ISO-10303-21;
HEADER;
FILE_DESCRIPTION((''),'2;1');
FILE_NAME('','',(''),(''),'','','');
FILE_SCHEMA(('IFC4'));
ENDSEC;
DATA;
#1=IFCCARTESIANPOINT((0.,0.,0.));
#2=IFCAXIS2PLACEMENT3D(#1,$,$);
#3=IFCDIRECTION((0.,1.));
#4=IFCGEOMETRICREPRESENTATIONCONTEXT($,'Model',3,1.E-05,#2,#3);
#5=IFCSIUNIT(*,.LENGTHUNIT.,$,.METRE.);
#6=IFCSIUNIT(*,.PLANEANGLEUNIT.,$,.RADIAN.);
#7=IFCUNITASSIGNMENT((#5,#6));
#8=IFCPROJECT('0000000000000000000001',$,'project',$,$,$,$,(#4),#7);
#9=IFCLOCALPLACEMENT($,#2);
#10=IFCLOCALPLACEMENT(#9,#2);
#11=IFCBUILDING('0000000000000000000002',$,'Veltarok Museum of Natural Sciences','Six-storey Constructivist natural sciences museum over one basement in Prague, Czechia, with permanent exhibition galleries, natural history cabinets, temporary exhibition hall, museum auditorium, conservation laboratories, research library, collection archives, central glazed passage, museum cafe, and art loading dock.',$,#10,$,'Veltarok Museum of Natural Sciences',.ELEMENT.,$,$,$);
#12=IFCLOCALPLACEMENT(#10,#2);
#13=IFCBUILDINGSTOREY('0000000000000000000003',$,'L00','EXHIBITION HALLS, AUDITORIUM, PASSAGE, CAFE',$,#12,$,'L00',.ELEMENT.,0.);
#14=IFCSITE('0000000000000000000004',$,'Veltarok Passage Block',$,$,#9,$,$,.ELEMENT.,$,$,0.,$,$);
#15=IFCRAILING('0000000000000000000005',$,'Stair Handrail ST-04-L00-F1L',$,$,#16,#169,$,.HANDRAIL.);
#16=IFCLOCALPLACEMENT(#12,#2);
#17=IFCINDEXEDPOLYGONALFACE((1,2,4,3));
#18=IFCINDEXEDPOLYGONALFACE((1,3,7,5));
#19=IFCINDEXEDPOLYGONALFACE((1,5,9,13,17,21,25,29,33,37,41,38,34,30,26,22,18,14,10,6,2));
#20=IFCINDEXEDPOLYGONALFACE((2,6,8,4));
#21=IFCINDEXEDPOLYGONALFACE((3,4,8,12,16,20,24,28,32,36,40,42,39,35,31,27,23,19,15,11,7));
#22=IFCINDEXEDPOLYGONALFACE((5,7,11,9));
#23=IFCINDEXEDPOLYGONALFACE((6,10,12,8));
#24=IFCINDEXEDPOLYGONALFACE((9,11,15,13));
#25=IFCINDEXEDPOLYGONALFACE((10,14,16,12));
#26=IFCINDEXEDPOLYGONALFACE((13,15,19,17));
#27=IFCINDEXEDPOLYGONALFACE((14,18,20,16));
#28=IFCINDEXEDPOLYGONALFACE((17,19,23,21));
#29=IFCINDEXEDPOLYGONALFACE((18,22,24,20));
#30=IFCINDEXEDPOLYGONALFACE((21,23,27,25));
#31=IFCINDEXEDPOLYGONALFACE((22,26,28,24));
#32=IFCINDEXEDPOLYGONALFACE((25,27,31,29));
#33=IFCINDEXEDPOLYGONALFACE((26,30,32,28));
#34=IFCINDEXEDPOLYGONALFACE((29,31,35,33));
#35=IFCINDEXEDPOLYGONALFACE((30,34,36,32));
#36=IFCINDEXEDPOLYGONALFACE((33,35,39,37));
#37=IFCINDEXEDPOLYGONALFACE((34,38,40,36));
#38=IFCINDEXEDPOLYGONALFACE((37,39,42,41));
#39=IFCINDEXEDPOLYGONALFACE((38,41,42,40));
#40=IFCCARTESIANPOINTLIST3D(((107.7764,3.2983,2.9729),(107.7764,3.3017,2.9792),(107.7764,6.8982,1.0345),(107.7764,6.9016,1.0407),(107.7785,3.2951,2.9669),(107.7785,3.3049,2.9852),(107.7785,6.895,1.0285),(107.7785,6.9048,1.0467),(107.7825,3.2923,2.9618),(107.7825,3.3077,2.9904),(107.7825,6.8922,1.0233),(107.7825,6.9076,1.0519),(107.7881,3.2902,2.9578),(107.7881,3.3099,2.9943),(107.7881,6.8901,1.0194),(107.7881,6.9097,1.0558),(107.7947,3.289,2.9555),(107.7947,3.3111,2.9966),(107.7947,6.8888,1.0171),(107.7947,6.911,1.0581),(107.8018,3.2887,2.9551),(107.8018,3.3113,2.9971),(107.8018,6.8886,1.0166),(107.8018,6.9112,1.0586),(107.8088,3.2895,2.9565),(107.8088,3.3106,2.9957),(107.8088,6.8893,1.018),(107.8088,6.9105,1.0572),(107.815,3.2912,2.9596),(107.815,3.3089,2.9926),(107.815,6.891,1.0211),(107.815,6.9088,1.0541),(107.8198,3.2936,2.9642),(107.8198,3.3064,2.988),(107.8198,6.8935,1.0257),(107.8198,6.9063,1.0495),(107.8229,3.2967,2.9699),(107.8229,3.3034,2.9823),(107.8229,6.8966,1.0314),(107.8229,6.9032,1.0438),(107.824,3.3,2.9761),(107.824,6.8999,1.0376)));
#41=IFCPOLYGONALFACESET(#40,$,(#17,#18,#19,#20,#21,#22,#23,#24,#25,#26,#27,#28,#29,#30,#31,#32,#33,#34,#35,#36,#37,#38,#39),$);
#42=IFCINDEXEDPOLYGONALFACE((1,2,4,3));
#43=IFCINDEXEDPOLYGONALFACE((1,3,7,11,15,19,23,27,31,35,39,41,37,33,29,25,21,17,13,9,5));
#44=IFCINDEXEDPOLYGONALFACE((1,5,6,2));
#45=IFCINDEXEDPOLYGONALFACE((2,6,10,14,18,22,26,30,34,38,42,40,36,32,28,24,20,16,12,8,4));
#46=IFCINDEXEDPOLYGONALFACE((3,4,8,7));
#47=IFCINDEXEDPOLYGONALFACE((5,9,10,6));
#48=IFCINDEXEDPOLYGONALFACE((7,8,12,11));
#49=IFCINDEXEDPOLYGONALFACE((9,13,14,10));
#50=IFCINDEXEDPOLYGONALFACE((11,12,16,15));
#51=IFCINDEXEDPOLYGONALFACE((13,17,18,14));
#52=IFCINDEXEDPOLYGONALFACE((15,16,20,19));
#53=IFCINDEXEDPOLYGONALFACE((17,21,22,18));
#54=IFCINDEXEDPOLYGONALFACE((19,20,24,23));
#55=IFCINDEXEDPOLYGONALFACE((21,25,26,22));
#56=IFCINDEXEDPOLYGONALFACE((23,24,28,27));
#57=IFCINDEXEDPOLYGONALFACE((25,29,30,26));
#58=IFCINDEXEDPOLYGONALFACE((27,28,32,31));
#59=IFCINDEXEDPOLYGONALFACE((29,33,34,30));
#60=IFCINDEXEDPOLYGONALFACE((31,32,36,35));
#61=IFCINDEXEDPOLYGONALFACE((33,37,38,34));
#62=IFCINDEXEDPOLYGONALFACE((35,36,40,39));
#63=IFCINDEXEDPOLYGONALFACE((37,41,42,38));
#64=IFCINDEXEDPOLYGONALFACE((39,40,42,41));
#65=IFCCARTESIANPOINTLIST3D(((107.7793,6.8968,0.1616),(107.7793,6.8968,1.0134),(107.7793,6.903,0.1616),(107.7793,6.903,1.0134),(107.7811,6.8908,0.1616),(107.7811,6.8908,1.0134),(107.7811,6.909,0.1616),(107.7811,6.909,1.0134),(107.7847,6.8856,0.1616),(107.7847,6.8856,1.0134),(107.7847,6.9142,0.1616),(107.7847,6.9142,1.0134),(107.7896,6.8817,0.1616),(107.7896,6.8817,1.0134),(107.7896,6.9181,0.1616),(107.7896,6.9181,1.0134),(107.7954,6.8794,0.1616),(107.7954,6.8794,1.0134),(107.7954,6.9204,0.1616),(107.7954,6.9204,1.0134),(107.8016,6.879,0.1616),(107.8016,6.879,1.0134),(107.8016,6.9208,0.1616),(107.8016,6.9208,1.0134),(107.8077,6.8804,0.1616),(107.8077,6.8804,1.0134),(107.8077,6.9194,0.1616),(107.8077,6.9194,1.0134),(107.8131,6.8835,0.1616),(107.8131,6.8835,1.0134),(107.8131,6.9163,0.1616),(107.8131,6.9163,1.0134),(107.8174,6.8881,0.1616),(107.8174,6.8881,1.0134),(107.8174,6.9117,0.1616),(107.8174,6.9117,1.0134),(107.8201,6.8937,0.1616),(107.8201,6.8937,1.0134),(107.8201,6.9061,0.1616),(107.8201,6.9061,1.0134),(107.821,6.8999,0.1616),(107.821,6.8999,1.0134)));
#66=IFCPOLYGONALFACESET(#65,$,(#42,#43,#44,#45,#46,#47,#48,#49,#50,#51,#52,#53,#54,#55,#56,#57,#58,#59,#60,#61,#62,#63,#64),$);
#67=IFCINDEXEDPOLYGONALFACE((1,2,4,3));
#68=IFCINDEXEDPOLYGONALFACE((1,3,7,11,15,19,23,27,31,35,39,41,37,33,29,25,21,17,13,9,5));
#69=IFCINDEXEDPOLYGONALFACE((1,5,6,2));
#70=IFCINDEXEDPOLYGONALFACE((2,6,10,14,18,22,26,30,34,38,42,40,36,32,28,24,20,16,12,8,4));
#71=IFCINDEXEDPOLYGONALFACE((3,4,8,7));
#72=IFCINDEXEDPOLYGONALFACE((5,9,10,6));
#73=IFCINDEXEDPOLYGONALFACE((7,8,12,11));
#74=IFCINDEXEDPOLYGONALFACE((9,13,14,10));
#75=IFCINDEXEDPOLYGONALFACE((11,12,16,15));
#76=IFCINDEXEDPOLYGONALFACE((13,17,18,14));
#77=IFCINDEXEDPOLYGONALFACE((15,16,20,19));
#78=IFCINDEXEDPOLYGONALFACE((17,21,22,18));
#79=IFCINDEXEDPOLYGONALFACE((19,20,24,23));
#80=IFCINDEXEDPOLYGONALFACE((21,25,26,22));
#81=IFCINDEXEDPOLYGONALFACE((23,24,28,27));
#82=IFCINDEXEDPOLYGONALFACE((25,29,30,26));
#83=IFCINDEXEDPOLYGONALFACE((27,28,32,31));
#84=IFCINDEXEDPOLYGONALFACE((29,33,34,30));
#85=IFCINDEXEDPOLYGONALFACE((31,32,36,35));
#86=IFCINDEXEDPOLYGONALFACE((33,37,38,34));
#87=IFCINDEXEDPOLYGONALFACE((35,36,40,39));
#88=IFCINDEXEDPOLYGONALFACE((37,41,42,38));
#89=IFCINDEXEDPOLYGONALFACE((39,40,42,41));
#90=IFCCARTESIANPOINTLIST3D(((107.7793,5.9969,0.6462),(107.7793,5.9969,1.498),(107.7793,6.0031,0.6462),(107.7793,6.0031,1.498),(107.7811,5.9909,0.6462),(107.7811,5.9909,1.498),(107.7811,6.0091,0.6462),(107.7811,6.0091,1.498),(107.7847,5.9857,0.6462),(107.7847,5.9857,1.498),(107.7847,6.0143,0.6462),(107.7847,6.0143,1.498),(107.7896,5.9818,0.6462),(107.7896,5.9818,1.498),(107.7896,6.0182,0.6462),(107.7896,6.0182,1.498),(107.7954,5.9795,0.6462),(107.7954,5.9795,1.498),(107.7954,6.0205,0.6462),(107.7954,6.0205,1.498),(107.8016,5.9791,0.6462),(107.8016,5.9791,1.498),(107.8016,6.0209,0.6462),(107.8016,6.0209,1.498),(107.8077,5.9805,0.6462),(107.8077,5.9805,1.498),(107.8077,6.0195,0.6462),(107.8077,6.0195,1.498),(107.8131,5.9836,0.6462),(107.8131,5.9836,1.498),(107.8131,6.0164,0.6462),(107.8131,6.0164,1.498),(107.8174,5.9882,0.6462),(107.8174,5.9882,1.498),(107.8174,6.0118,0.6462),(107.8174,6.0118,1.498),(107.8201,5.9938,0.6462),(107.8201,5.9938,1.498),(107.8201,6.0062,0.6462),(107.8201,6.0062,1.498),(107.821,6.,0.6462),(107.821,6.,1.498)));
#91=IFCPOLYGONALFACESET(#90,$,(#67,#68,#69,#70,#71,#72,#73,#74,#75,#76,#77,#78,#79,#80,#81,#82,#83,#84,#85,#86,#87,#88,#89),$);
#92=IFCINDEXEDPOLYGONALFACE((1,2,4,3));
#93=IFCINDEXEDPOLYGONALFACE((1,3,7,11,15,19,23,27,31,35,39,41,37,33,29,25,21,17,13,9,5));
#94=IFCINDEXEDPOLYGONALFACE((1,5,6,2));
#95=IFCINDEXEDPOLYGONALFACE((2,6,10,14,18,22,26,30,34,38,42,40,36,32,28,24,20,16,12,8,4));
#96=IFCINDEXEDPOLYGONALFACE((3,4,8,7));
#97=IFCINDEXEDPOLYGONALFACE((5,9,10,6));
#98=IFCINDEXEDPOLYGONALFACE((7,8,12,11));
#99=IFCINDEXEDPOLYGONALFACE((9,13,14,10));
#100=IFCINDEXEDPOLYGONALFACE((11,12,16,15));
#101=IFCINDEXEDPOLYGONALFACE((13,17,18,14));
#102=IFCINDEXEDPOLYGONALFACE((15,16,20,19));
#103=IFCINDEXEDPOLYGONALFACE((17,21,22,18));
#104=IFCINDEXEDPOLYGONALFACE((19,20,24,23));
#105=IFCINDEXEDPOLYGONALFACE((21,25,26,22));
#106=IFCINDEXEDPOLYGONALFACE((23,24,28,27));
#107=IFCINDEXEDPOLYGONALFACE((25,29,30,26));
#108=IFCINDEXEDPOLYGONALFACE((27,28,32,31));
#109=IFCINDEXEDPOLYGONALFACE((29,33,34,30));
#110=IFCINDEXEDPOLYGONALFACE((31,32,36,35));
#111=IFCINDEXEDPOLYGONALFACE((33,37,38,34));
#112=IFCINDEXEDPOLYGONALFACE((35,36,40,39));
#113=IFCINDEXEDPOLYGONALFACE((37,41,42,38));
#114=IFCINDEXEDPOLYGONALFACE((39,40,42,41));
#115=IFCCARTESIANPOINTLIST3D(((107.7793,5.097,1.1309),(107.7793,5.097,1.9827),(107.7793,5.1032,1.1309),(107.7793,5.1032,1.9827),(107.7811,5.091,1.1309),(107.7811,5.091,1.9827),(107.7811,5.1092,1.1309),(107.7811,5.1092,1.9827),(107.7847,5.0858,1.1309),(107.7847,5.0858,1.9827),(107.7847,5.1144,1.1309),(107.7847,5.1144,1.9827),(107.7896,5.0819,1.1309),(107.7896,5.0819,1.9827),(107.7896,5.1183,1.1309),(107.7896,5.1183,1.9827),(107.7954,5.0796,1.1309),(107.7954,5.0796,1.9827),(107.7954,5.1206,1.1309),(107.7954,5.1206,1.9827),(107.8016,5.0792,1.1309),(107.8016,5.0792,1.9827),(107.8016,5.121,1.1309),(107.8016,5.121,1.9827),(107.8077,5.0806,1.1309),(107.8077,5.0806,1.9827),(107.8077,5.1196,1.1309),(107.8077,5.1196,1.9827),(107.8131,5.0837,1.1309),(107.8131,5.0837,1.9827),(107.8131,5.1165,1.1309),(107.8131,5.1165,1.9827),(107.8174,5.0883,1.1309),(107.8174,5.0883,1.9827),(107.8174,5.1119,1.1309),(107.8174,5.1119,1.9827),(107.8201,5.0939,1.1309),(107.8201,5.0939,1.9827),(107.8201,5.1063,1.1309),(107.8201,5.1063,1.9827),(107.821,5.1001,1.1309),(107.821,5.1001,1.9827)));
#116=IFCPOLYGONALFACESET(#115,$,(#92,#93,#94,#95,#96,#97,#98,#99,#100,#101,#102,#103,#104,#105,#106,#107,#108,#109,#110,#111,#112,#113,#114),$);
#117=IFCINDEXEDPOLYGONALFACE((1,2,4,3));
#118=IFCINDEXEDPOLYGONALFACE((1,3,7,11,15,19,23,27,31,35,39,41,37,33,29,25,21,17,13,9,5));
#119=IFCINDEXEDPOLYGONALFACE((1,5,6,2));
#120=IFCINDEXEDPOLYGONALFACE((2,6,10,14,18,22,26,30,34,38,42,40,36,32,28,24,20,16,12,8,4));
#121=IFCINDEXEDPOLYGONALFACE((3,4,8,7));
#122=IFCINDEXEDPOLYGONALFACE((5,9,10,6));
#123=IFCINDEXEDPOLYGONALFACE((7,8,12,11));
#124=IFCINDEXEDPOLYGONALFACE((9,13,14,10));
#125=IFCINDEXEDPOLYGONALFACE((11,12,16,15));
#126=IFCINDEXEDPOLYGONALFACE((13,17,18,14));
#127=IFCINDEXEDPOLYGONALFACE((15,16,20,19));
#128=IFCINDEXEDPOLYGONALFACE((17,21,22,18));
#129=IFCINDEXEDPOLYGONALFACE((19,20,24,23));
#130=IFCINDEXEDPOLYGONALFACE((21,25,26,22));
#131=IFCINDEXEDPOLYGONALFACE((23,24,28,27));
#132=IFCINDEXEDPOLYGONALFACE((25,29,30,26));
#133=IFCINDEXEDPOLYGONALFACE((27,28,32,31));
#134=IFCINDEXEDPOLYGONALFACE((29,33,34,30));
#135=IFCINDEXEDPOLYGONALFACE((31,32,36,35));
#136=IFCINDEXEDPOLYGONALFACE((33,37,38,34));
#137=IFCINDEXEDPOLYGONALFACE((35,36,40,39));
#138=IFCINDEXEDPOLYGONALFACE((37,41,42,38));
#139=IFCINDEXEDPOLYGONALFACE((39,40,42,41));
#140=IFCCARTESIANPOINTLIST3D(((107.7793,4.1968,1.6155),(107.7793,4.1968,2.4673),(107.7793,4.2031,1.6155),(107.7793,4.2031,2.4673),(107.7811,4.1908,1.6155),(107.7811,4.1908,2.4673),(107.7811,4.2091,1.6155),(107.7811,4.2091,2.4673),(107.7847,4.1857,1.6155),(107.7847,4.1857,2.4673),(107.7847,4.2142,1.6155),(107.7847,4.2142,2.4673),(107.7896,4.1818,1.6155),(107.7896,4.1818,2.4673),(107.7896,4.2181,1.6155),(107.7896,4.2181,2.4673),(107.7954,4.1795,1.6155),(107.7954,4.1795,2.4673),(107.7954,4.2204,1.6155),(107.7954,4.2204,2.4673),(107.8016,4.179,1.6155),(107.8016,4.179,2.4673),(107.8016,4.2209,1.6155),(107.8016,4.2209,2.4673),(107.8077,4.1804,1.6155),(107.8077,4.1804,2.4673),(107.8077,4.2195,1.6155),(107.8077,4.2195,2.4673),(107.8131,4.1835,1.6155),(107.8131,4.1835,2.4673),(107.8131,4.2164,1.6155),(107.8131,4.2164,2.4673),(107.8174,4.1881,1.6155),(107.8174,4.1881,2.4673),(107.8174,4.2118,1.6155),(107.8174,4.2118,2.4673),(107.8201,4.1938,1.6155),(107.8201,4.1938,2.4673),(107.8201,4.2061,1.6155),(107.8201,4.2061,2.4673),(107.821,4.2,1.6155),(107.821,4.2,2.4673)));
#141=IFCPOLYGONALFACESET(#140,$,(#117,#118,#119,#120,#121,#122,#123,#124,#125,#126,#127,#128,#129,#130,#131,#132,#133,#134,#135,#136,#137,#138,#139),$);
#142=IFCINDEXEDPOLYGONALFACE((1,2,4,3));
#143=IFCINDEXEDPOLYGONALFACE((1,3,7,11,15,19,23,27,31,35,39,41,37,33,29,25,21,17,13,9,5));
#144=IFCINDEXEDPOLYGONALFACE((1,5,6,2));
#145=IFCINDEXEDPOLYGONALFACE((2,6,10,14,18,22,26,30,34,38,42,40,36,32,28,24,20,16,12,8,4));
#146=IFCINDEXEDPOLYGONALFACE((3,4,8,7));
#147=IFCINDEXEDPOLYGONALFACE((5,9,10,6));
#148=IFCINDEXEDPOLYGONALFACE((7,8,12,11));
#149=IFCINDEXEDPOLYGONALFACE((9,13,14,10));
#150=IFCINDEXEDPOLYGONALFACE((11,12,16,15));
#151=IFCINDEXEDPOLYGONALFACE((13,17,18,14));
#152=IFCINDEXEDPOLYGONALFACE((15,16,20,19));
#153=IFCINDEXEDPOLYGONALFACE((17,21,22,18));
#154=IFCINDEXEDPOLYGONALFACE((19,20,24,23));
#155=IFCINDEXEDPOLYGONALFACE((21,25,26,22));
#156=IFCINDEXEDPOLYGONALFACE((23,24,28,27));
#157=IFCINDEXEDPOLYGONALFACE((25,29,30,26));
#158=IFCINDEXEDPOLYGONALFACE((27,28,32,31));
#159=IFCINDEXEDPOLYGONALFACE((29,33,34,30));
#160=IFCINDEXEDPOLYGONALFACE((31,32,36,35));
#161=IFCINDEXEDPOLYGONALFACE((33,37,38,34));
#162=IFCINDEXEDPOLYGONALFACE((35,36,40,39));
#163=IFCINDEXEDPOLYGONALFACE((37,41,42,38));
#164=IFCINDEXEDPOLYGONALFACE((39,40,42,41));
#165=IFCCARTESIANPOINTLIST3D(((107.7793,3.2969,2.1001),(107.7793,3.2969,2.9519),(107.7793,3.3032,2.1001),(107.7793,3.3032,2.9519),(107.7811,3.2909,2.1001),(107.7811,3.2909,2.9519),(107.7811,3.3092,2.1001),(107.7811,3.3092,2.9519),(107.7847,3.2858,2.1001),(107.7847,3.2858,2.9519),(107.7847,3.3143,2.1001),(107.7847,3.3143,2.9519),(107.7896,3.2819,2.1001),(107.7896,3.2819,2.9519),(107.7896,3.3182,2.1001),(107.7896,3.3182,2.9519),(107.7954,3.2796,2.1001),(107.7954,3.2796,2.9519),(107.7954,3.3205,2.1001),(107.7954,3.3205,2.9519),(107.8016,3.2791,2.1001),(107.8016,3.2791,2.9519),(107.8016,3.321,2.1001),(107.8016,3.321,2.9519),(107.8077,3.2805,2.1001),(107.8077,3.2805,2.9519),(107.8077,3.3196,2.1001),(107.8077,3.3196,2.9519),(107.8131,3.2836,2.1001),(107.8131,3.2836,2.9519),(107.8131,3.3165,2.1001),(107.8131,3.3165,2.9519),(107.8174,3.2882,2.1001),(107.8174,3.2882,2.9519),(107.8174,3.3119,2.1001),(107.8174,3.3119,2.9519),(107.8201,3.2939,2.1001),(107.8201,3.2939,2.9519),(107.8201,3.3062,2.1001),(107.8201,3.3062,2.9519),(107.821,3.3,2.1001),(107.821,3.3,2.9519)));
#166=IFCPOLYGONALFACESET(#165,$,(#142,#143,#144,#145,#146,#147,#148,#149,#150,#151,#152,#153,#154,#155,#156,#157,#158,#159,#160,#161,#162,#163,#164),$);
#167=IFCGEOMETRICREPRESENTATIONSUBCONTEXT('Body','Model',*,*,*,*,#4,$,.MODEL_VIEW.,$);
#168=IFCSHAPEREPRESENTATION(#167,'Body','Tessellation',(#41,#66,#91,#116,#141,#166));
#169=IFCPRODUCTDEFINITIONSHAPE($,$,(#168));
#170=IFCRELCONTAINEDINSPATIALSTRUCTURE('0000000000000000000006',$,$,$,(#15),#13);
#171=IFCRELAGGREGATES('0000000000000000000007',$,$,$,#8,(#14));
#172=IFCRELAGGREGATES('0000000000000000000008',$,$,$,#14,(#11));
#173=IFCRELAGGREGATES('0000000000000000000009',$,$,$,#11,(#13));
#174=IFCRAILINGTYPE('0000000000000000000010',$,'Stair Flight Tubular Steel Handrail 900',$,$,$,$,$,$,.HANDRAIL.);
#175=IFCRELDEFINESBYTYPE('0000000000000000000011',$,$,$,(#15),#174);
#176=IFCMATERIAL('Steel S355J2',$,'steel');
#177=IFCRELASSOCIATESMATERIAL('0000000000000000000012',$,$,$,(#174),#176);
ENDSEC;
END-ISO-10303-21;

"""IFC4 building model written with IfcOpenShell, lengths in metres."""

from ifc_helpers import new_model, si_unit, direction, frame, origin, origin_2d, place, context, subcontext, project, spatial, circle, extrude, material, type_object, element, save


model = new_model("IFC4")

# Units and contexts
model_context = context("Model", 3, precision=1e-05, world=origin(), true_north=direction((0.0, 1.0)))
body_context = subcontext(model_context, "Body", "Model", "MODEL_VIEW")
ifc_project = project(units=[si_unit("LENGTHUNIT", "METRE"), si_unit("PLANEANGLEUNIT", "RADIAN")], contexts=[model_context])

# Site, building, storey
site_placement = place(None, origin())
site = spatial("IfcSite", under=ifc_project, at=site_placement, Name="Veltarok Passage Block", CompositionType="ELEMENT", RefElevation=0.0)
building_placement = place(site_placement, origin())
building = spatial("IfcBuilding", under=site, at=building_placement, Name="Veltarok Museum of Natural Sciences", Description="Six-storey Constructivist natural sciences museum over one basement in Prague, Czechia, with permanent exhibition galleries, natural history cabinets, temporary exhibition hall, museum auditorium, conservation laboratories, research library, collection archives, central glazed passage, museum cafe, and art loading dock.", LongName="Veltarok Museum of Natural Sciences", CompositionType="ELEMENT")
storey_placement = place(building_placement, origin())
storey = spatial("IfcBuildingStorey", under=building, at=storey_placement, Name="L00", Description="EXHIBITION HALLS, AUDITORIUM, PASSAGE, CAFE", LongName="L00", CompositionType="ELEMENT", Elevation=0.0)

# Shared definitions
ifc_material_1 = material(Name="Steel S355J2", Category="steel")

# Railing
railing_type_1 = type_object("IfcRailingType", Name="Stair Flight Tubular Steel Handrail 900", PredefinedType="HANDRAIL", material=ifc_material_1)
for number, where, name in (
    (1, (107.8, 6.8999, 0.1616), "Stair Handrail ST-04-L00-F1L"),
):
    element("IfcRailing", number, at=place(storey_placement, frame(where)), inside=storey, type_object=railing_type_1, Name=name, PredefinedType="HANDRAIL", context=body_context, shape_type="SweptSolid", body=[
        extrude(circle(Radius=0.0239, at=origin_2d()), frame((0.0, 0.0, 0.876), z_axis=(0.0, -0.880462, 0.474118), x_axis=(1.0, 0.0, 0.0)), (0.0, 0.0, 1.0), 4.0886),
        extrude(circle(Radius=0.021, at=origin_2d()), origin(), (0.0, 0.0, 1.0), 0.8518),
        extrude(circle(Radius=0.021, at=origin_2d()), frame((0.0, -0.8999, 0.4846)), (0.0, 0.0, 1.0), 0.8518),
        extrude(circle(Radius=0.021, at=origin_2d()), frame((0.0, -1.7998, 0.9692)), (0.0, 0.0, 1.0), 0.8518),
        extrude(circle(Radius=0.021, at=origin_2d()), frame((0.0, -2.7, 1.4539)), (0.0, 0.0, 1.0), 0.8518),
        extrude(circle(Radius=0.021, at=origin_2d()), frame((0.0, -3.5999, 1.9385)), (0.0, 0.0, 1.0), 0.8518),
    ])

save(model, "model.ifc")
